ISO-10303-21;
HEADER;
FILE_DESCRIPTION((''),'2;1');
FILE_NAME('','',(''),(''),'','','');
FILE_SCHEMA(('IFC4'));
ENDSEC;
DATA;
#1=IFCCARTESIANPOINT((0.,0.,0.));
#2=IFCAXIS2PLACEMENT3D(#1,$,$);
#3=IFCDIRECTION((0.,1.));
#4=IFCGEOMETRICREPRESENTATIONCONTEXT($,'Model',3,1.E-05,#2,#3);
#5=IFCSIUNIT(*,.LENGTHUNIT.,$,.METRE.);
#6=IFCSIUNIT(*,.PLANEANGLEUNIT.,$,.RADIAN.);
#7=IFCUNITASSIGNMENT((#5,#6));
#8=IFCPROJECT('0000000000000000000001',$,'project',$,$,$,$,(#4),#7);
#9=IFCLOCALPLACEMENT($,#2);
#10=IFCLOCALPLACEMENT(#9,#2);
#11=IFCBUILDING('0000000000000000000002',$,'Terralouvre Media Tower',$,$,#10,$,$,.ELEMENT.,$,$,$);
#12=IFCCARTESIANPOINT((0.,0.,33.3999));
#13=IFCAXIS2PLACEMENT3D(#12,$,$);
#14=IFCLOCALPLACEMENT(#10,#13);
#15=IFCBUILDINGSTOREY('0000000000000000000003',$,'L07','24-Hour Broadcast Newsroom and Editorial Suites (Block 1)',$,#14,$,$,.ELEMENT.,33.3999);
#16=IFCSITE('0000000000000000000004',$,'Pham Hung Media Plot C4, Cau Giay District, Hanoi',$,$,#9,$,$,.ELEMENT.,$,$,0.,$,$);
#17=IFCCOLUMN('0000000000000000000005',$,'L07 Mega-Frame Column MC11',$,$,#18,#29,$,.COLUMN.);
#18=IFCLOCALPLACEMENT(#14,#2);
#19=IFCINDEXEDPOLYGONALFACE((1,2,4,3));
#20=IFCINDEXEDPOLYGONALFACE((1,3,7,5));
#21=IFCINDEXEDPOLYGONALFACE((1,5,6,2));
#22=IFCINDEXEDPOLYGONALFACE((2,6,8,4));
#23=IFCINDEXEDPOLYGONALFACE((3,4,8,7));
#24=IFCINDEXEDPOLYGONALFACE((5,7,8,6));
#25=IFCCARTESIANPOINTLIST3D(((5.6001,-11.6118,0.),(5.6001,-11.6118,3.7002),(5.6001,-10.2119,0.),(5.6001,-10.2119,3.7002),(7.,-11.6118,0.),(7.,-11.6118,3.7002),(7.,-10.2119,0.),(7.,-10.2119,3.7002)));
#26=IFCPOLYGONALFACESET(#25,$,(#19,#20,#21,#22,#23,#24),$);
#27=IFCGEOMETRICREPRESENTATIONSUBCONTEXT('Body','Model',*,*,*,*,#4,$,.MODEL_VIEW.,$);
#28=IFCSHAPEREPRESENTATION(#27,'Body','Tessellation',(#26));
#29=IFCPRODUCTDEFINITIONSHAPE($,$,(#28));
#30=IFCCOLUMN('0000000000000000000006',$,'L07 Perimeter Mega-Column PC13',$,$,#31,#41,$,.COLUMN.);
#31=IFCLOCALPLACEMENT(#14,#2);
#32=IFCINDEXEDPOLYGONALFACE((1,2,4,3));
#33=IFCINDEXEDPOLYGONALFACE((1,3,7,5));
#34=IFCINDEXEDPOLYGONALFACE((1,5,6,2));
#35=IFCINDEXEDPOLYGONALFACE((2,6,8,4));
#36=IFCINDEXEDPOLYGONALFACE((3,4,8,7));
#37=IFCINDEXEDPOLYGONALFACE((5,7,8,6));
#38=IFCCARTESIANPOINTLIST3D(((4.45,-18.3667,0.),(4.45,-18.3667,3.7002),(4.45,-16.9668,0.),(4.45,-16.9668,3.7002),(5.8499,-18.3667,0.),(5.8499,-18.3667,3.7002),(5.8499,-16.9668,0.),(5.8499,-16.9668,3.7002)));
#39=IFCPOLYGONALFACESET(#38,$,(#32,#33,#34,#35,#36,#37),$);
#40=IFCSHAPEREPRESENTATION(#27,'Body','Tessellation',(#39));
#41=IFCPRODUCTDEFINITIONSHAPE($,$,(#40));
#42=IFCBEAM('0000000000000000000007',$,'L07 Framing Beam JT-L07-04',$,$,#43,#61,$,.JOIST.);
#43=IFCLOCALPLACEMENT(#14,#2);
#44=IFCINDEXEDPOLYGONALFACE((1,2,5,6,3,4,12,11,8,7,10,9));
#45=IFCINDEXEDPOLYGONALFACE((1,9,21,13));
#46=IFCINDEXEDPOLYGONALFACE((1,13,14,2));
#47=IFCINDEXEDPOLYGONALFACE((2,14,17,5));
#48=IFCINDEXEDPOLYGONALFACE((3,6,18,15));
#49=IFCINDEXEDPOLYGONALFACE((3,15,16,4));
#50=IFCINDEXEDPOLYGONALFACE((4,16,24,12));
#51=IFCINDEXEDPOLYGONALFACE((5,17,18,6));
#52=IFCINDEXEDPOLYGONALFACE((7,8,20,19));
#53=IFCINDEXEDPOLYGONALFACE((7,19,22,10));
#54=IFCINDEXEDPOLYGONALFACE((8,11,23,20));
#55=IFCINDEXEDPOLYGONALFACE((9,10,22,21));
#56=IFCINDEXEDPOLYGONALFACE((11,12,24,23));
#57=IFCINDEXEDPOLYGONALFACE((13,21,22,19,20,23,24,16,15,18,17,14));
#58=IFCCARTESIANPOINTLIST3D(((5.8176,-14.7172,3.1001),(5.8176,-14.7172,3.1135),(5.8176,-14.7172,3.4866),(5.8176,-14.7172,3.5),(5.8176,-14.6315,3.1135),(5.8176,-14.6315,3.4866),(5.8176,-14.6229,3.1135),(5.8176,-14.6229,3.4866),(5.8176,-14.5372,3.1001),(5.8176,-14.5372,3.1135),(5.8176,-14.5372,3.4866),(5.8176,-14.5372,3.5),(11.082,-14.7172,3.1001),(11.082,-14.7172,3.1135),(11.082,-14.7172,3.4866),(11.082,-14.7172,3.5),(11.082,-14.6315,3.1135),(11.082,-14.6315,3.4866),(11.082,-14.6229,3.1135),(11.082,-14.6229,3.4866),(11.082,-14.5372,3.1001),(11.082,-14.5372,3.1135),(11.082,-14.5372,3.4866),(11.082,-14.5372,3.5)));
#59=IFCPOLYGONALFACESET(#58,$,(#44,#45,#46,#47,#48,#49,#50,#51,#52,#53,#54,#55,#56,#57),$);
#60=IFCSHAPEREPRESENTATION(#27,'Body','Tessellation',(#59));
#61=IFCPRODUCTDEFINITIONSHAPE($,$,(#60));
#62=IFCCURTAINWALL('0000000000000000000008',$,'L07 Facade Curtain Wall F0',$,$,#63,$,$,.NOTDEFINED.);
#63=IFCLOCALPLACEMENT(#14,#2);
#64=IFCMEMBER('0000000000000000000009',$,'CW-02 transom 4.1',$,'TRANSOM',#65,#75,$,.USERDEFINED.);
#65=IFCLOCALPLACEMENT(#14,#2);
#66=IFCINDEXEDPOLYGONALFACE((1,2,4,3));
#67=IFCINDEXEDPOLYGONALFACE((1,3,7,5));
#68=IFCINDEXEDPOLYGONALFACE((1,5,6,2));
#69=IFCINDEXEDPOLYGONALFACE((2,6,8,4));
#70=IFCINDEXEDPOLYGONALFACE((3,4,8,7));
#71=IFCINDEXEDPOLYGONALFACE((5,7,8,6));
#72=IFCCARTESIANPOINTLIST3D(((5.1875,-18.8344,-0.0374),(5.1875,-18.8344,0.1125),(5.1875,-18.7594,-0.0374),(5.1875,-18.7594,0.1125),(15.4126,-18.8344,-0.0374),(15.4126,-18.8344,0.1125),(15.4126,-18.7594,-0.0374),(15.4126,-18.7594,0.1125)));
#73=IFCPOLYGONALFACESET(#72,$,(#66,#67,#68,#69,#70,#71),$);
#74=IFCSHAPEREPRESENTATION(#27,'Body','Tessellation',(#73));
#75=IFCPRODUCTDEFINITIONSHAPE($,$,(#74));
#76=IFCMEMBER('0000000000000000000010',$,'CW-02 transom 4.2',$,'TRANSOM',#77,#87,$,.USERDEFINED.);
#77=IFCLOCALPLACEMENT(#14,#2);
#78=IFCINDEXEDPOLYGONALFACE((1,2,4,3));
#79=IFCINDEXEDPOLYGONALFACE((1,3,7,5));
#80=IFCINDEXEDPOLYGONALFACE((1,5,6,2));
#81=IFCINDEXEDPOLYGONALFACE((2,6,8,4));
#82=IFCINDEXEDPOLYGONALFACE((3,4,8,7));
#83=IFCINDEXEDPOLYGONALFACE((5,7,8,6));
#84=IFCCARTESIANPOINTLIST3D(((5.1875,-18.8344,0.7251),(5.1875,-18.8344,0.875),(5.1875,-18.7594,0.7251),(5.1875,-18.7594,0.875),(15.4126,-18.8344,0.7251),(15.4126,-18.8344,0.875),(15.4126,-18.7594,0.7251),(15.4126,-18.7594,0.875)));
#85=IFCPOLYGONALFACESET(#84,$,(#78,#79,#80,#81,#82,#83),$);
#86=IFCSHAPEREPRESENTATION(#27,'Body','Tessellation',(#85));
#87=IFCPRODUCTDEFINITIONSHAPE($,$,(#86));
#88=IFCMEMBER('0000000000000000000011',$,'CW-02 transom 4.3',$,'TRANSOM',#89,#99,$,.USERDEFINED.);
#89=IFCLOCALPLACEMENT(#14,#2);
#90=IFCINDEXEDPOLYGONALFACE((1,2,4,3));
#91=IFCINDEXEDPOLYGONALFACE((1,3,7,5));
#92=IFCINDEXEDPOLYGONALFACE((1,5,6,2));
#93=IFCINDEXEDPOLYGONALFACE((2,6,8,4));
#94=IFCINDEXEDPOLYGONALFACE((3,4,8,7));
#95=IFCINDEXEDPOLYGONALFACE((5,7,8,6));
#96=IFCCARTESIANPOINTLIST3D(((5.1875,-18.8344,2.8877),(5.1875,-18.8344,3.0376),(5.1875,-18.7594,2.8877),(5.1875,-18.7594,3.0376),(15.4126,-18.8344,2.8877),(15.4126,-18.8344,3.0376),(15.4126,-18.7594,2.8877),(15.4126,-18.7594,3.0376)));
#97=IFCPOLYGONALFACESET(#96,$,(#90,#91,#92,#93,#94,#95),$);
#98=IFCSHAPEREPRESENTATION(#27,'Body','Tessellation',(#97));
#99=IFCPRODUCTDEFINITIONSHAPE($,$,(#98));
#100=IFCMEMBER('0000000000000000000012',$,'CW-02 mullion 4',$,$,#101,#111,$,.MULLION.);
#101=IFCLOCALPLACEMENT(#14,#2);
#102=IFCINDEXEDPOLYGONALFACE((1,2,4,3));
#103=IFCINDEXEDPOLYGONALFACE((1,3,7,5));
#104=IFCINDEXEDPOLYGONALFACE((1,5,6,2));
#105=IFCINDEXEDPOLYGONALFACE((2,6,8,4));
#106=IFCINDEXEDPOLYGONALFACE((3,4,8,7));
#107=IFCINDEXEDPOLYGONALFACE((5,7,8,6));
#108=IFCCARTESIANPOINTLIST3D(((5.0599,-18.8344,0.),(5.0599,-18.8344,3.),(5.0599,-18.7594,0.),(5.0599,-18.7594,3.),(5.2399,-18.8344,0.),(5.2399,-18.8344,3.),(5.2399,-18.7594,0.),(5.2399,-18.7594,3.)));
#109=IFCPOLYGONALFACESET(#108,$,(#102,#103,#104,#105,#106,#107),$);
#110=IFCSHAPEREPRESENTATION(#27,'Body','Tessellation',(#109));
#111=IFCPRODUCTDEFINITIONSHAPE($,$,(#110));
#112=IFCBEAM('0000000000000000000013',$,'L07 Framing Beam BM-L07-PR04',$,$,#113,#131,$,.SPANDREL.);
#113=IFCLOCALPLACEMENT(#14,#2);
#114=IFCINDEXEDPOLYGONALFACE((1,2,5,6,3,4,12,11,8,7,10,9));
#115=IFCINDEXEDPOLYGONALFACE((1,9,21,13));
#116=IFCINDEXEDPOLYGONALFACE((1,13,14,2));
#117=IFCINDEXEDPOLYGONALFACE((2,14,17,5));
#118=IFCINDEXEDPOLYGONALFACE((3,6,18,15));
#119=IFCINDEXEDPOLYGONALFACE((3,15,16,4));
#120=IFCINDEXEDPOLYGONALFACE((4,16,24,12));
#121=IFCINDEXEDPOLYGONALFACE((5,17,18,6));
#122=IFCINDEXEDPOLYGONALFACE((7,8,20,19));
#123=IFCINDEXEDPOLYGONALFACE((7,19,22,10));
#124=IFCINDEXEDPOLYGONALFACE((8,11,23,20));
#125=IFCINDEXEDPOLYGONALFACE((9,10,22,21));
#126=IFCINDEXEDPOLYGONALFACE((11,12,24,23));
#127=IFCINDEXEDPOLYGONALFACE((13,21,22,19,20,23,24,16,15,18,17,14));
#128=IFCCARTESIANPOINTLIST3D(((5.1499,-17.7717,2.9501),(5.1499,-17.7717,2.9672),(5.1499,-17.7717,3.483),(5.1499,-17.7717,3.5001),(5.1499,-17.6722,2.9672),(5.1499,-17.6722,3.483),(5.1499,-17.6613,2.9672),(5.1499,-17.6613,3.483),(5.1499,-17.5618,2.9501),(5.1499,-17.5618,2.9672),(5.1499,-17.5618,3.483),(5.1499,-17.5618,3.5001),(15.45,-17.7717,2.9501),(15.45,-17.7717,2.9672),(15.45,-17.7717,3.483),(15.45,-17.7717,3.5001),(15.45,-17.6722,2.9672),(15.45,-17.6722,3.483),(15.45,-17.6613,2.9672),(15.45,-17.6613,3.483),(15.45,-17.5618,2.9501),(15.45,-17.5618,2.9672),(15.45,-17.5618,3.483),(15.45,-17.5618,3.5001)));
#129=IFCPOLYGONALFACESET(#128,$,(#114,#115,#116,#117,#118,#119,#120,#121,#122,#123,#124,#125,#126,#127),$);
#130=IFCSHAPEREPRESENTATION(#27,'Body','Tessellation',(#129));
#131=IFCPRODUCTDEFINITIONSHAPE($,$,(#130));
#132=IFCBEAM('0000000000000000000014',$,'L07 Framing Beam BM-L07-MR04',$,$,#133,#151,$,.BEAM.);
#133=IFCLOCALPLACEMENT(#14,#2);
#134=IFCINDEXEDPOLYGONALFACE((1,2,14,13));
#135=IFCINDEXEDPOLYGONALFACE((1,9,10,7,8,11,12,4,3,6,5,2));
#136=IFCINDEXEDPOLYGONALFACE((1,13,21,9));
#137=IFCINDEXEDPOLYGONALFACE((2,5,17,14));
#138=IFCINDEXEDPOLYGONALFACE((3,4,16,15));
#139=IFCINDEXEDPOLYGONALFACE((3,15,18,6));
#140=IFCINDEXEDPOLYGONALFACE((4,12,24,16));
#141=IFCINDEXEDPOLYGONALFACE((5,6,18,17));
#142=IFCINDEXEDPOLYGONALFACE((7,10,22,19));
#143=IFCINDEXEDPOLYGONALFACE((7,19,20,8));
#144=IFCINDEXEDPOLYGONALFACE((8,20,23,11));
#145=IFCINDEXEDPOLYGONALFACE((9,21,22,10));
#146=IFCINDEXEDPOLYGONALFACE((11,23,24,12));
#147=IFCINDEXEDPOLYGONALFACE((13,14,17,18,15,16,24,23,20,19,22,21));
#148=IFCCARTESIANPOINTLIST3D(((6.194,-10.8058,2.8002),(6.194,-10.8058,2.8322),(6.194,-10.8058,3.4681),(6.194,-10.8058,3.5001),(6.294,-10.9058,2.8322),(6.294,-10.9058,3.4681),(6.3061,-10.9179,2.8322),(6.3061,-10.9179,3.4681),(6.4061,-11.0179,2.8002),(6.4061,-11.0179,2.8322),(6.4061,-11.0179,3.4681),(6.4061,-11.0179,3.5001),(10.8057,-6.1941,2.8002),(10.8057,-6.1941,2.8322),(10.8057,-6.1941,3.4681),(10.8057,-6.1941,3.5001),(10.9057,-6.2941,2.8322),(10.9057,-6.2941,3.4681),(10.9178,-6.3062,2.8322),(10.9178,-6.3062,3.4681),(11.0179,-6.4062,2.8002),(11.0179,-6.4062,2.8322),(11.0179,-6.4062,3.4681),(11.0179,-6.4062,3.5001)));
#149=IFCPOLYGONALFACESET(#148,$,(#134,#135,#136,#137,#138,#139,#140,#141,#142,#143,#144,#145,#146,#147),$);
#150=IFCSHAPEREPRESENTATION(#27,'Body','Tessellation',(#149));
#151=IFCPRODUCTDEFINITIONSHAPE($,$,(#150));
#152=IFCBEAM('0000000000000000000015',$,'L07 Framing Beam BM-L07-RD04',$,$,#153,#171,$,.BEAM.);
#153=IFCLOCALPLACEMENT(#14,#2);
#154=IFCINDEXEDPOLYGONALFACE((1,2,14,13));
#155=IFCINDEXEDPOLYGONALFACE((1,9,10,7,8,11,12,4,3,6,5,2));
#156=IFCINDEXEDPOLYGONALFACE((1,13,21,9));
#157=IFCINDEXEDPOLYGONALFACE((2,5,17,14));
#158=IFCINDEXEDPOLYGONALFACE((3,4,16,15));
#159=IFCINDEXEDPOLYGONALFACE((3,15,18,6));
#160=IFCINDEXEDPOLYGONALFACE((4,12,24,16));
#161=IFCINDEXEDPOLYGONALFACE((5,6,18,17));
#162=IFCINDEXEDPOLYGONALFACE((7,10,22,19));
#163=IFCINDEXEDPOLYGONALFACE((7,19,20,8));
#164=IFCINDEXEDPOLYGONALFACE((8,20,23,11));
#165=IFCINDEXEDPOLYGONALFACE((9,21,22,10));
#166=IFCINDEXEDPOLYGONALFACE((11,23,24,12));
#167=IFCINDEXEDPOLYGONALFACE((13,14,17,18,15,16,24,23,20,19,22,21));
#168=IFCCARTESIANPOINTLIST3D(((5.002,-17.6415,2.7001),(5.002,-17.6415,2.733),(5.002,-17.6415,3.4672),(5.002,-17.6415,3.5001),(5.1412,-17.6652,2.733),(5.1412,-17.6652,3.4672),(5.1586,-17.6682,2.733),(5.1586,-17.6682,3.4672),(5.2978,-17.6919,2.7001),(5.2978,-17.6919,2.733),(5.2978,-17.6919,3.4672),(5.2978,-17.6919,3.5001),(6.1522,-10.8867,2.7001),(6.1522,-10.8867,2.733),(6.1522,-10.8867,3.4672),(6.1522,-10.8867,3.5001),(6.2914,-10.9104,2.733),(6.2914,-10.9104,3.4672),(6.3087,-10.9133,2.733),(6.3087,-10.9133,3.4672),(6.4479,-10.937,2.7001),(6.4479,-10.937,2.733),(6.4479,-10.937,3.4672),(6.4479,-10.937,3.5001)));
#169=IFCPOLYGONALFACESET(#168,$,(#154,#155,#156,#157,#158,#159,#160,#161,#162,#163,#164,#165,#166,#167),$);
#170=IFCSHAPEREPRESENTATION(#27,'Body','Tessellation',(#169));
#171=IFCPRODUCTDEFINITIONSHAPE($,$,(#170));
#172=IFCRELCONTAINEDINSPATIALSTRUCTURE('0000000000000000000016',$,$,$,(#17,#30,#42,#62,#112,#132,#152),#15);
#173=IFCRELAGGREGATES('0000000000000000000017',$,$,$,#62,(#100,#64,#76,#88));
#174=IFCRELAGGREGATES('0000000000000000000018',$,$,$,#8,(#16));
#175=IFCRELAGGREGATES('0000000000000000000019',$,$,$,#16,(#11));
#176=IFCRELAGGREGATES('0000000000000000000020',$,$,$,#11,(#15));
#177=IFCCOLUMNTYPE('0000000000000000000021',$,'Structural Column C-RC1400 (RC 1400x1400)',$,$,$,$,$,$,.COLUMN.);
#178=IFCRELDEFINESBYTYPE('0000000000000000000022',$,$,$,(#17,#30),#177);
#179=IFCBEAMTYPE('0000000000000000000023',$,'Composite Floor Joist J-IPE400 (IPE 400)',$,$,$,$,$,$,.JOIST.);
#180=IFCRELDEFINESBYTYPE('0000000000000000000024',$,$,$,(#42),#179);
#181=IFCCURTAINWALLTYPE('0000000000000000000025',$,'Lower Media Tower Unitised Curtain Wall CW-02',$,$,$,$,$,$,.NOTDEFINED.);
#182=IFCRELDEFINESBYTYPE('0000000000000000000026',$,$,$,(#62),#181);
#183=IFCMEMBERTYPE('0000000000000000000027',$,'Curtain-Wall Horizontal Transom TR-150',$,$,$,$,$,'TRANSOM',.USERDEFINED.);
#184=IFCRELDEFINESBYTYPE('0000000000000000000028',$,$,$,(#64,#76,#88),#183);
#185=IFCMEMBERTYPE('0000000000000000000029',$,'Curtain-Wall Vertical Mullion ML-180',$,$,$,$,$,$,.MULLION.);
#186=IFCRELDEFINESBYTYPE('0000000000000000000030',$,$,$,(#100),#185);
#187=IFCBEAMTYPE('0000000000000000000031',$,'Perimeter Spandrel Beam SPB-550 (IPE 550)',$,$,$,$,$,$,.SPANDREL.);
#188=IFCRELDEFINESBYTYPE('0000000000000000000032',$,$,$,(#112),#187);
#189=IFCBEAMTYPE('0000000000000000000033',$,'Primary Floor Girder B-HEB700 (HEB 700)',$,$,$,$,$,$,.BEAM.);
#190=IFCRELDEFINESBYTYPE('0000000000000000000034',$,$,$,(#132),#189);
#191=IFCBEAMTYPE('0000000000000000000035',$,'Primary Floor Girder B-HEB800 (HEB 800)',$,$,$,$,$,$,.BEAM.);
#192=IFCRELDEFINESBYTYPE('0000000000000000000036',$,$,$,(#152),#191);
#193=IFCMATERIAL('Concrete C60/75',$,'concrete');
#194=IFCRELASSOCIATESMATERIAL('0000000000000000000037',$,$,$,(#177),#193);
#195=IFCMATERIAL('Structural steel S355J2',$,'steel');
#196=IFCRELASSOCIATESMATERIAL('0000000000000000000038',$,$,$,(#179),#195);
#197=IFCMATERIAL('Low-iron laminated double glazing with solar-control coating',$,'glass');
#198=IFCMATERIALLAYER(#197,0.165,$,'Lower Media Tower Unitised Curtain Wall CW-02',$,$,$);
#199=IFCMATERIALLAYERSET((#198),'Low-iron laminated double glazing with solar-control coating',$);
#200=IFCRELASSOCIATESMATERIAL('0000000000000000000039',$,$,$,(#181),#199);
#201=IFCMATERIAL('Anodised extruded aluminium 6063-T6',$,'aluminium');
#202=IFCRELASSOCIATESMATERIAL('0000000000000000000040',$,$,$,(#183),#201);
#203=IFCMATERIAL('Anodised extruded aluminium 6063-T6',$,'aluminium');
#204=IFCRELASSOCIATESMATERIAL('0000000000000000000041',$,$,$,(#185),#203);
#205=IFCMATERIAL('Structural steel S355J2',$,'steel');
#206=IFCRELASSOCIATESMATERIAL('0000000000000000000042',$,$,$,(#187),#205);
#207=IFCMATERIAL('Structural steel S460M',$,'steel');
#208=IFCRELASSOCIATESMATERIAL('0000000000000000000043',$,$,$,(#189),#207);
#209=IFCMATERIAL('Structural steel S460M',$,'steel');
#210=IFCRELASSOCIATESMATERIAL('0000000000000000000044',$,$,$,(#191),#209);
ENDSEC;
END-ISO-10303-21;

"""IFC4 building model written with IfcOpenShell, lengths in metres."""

from ifc_helpers import new_model, si_unit, direction, frame, origin, origin_2d, place, context, subcontext, project, spatial, rectangle, i_section, extrude, material, layer, layer_set, material_profile, profile_set, type_object, element, aggregate, save


model = new_model("IFC4")

# Units and contexts
model_context = context("Model", 3, precision=1e-05, world=origin(), true_north=direction((0.0, 1.0)))
body_context = subcontext(model_context, "Body", "Model", "MODEL_VIEW")
ifc_project = project(units=[si_unit("LENGTHUNIT", "METRE"), si_unit("PLANEANGLEUNIT", "RADIAN")], contexts=[model_context])

# Site, building, storey
site_placement = place(None, origin())
site = spatial("IfcSite", under=ifc_project, at=site_placement, Name="Pham Hung Media Plot C4, Cau Giay District, Hanoi", CompositionType="ELEMENT", RefElevation=0.0)
building_placement = place(site_placement, origin())
building = spatial("IfcBuilding", under=site, at=building_placement, Name="Terralouvre Media Tower", CompositionType="ELEMENT")
storey_placement = place(building_placement, frame((0.0, 0.0, 33.3999)))
storey = spatial("IfcBuildingStorey", under=building, at=storey_placement, Name="L07", Description="24-Hour Broadcast Newsroom and Editorial Suites (Block 1)", CompositionType="ELEMENT", Elevation=33.3999)

# Columns
ifc_material_1 = material(Name="Concrete C60/75", Category="concrete")
ifc_material_profile_1 = material_profile(ifc_material_1, rectangle(XDim=1.3999, YDim=1.3999, at=origin_2d()), Name="RC 1400x1400")
ifc_profile_set_1 = profile_set([ifc_material_profile_1], Name="Concrete C60/75")
column_type = type_object("IfcColumnType", Name="Structural Column C-RC1400 (RC 1400x1400)", PredefinedType="COLUMN", material=ifc_profile_set_1)
for number, where, z_axis, x_axis, name in (
    (1, (6.3, -10.9119, 0.0), (0.0, 0.0, 1.0), (1.0, 0.0, 0.0), "L07 Mega-Frame Column MC11"),
    (2, (5.1499, -17.6667, 0.0), (0.0, 0.0, 1.0), (1.0, 0.0, 0.0), "L07 Perimeter Mega-Column PC13"),
):
    element("IfcColumn", number, at=place(storey_placement, frame(where, z_axis=z_axis, x_axis=x_axis)), inside=storey, type_object=column_type, Name=name, PredefinedType="COLUMN", context=body_context, shape_type="SweptSolid", body=[
        extrude(rectangle(XDim=1.3999, YDim=1.3999, at=origin_2d()), origin(), (0.0, 0.0, 1.0), 3.7002),
    ])

# Beam
ifc_material_2 = material(Name="Structural steel S355J2", Category="steel")
ifc_material_profile_2 = material_profile(ifc_material_2, i_section(OverallWidth=0.1799, OverallDepth=0.3999, WebThickness=0.0085, FlangeThickness=0.0134, at=origin_2d()), Name="IPE 400")
ifc_profile_set_2 = profile_set([ifc_material_profile_2], Name="Structural steel S355J2")
beam_type_1 = type_object("IfcBeamType", Name="Composite Floor Joist J-IPE400 (IPE 400)", PredefinedType="JOIST", material=ifc_profile_set_2)
beam_1_placement = place(storey_placement, frame((5.8176, -14.6272, 3.3), z_axis=(1.0, 0.0, 0.0), x_axis=(0.0, 1.0, 0.0)))
element("IfcBeam", 3, at=beam_1_placement, inside=storey, type_object=beam_type_1, Name="L07 Framing Beam JT-L07-04", PredefinedType="JOIST", context=body_context, shape_type="SweptSolid", body=[
    extrude(i_section(OverallWidth=0.1799, OverallDepth=0.3999, WebThickness=0.0085, FlangeThickness=0.0134, at=origin_2d()), origin(), (0.0, 0.0, 1.0), 5.2644),
])

# Curtain wall, members
ifc_material_3 = material(Name="Low-iron laminated double glazing with solar-control coating", Category="glass")
ifc_layer_1 = layer(ifc_material_3, 0.165, Name="Lower Media Tower Unitised Curtain Wall CW-02")
ifc_layer_set_1 = layer_set([ifc_layer_1], Name="Low-iron laminated double glazing with solar-control coating")
curtain_wall_type = type_object("IfcCurtainWallType", Name="Lower Media Tower Unitised Curtain Wall CW-02", PredefinedType="NOTDEFINED", material=ifc_layer_set_1)
curtain_wall_placement = place(storey_placement, origin())
curtain_wall = element("IfcCurtainWall", 4, at=curtain_wall_placement, inside=storey, type_object=curtain_wall_type, Name="L07 Facade Curtain Wall F0", PredefinedType="NOTDEFINED")
ifc_material_4 = material(Name="Anodised extruded aluminium 6063-T6", Category="aluminium")
ifc_material_profile_3 = material_profile(ifc_material_4, rectangle(XDim=0.075, YDim=0.1499, at=origin_2d()), Name="ALU 75x150")
ifc_profile_set_3 = profile_set([ifc_material_profile_3], Name="Anodised extruded aluminium 6063-T6")
member_type_1 = type_object("IfcMemberType", Name="Curtain-Wall Horizontal Transom TR-150", ElementType="TRANSOM", PredefinedType="USERDEFINED", material=ifc_profile_set_3)
member_1_placement = place(storey_placement, frame((5.1875, -18.7969, 0.0376), z_axis=(1.0, 0.0, 0.0), x_axis=(0.0, 1.0, 0.0)))
member_1 = element("IfcMember", 5, at=member_1_placement, type_object=member_type_1, Name="CW-02 transom 4.1", ObjectType="TRANSOM", PredefinedType="USERDEFINED", context=body_context, shape_type="SweptSolid", body=[
    extrude(rectangle(XDim=0.075, YDim=0.1499, at=origin_2d()), origin(), (0.0, 0.0, 1.0), 10.2251),
])
member_2_placement = place(storey_placement, frame((5.1875, -18.7969, 0.8), z_axis=(1.0, 0.0, 0.0), x_axis=(0.0, 1.0, 0.0)))
member_2 = element("IfcMember", 6, at=member_2_placement, type_object=member_type_1, Name="CW-02 transom 4.2", ObjectType="TRANSOM", PredefinedType="USERDEFINED", context=body_context, shape_type="SweptSolid", body=[
    extrude(rectangle(XDim=0.075, YDim=0.1499, at=origin_2d()), origin(), (0.0, 0.0, 1.0), 10.2251),
])
member_3_placement = place(storey_placement, frame((5.1875, -18.7969, 2.9626), z_axis=(1.0, 0.0, 0.0), x_axis=(0.0, 1.0, 0.0)))
member_3 = element("IfcMember", 7, at=member_3_placement, type_object=member_type_1, Name="CW-02 transom 4.3", ObjectType="TRANSOM", PredefinedType="USERDEFINED", context=body_context, shape_type="SweptSolid", body=[
    extrude(rectangle(XDim=0.075, YDim=0.1499, at=origin_2d()), origin(), (0.0, 0.0, 1.0), 10.2251),
])
ifc_material_5 = material(Name="Anodised extruded aluminium 6063-T6", Category="aluminium")
ifc_material_profile_4 = material_profile(ifc_material_5, rectangle(XDim=0.075, YDim=0.1799, at=origin_2d()), Name="ALU 75x180")
ifc_profile_set_4 = profile_set([ifc_material_profile_4], Name="Anodised extruded aluminium 6063-T6")
member_type_2 = type_object("IfcMemberType", Name="Curtain-Wall Vertical Mullion ML-180", PredefinedType="MULLION", material=ifc_profile_set_4)
member_4_placement = place(storey_placement, frame((5.1499, -18.7969, 0.0), z_axis=(0.0, 0.0, 1.0), x_axis=(0.0, 1.0, 0.0)))
member_4 = element("IfcMember", 8, at=member_4_placement, type_object=member_type_2, Name="CW-02 mullion 4", PredefinedType="MULLION", context=body_context, shape_type="SweptSolid", body=[
    extrude(rectangle(XDim=0.075, YDim=0.1799, at=origin_2d()), origin(), (0.0, 0.0, 1.0), 3.0),
])

# Beams
ifc_material_6 = material(Name="Structural steel S355J2", Category="steel")
ifc_material_profile_5 = material_profile(ifc_material_6, i_section(OverallWidth=0.21, OverallDepth=0.55, WebThickness=0.011, FlangeThickness=0.0171, at=origin_2d()), Name="IPE 550")
ifc_profile_set_5 = profile_set([ifc_material_profile_5], Name="Structural steel S355J2")
beam_type_2 = type_object("IfcBeamType", Name="Perimeter Spandrel Beam SPB-550 (IPE 550)", PredefinedType="SPANDREL", material=ifc_profile_set_5)
beam_2_placement = place(storey_placement, frame((5.1499, -17.6667, 3.2251), z_axis=(1.0, 0.0, 0.0), x_axis=(0.0, 1.0, 0.0)))
element("IfcBeam", 9, at=beam_2_placement, inside=storey, type_object=beam_type_2, Name="L07 Framing Beam BM-L07-PR04", PredefinedType="SPANDREL", context=body_context, shape_type="SweptSolid", body=[
    extrude(i_section(OverallWidth=0.21, OverallDepth=0.55, WebThickness=0.011, FlangeThickness=0.0171, at=origin_2d()), origin(), (0.0, 0.0, 1.0), 10.3),
])
ifc_material_7 = material(Name="Structural steel S460M", Category="steel")
ifc_material_profile_6 = material_profile(ifc_material_7, i_section(OverallWidth=0.3, OverallDepth=0.7, WebThickness=0.0171, FlangeThickness=0.032, at=origin_2d()), Name="HEB 700")
ifc_profile_set_6 = profile_set([ifc_material_profile_6], Name="Structural steel S460M")
beam_type_3 = type_object("IfcBeamType", Name="Primary Floor Girder B-HEB700 (HEB 700)", PredefinedType="BEAM", material=ifc_profile_set_6)
beam_3_placement = place(storey_placement, frame((6.3, -10.9119, 3.1501), z_axis=(0.707107, 0.707107, 0.0), x_axis=(-0.707107, 0.707107, 0.0)))
element("IfcBeam", 10, at=beam_3_placement, inside=storey, type_object=beam_type_3, Name="L07 Framing Beam BM-L07-MR04", PredefinedType="BEAM", context=body_context, shape_type="SweptSolid", body=[
    extrude(i_section(OverallWidth=0.3, OverallDepth=0.7, WebThickness=0.0171, FlangeThickness=0.032, at=origin_2d()), origin(), (0.0, 0.0, 1.0), 6.522),
])
ifc_material_8 = material(Name="Structural steel S460M", Category="steel")
ifc_material_profile_7 = material_profile(ifc_material_8, i_section(OverallWidth=0.3, OverallDepth=0.8, WebThickness=0.0176, FlangeThickness=0.033, at=origin_2d()), Name="HEB 800")
ifc_profile_set_7 = profile_set([ifc_material_profile_7], Name="Structural steel S460M")
beam_type_4 = type_object("IfcBeamType", Name="Primary Floor Girder B-HEB800 (HEB 800)", PredefinedType="BEAM", material=ifc_profile_set_7)
beam_4_placement = place(storey_placement, frame((6.3, -10.9119, 3.1001), z_axis=(-0.167853, -0.985812, 0.0), x_axis=(0.985812, -0.167853, 0.0)))
element("IfcBeam", 11, at=beam_4_placement, inside=storey, type_object=beam_type_4, Name="L07 Framing Beam BM-L07-RD04", PredefinedType="BEAM", context=body_context, shape_type="SweptSolid", body=[
    extrude(i_section(OverallWidth=0.3, OverallDepth=0.8, WebThickness=0.0176, FlangeThickness=0.033, at=origin_2d()), origin(), (0.0, 0.0, 1.0), 6.8521),
])

aggregate(curtain_wall, [member_4, member_1, member_2, member_3])

save(model, "model.ifc")
